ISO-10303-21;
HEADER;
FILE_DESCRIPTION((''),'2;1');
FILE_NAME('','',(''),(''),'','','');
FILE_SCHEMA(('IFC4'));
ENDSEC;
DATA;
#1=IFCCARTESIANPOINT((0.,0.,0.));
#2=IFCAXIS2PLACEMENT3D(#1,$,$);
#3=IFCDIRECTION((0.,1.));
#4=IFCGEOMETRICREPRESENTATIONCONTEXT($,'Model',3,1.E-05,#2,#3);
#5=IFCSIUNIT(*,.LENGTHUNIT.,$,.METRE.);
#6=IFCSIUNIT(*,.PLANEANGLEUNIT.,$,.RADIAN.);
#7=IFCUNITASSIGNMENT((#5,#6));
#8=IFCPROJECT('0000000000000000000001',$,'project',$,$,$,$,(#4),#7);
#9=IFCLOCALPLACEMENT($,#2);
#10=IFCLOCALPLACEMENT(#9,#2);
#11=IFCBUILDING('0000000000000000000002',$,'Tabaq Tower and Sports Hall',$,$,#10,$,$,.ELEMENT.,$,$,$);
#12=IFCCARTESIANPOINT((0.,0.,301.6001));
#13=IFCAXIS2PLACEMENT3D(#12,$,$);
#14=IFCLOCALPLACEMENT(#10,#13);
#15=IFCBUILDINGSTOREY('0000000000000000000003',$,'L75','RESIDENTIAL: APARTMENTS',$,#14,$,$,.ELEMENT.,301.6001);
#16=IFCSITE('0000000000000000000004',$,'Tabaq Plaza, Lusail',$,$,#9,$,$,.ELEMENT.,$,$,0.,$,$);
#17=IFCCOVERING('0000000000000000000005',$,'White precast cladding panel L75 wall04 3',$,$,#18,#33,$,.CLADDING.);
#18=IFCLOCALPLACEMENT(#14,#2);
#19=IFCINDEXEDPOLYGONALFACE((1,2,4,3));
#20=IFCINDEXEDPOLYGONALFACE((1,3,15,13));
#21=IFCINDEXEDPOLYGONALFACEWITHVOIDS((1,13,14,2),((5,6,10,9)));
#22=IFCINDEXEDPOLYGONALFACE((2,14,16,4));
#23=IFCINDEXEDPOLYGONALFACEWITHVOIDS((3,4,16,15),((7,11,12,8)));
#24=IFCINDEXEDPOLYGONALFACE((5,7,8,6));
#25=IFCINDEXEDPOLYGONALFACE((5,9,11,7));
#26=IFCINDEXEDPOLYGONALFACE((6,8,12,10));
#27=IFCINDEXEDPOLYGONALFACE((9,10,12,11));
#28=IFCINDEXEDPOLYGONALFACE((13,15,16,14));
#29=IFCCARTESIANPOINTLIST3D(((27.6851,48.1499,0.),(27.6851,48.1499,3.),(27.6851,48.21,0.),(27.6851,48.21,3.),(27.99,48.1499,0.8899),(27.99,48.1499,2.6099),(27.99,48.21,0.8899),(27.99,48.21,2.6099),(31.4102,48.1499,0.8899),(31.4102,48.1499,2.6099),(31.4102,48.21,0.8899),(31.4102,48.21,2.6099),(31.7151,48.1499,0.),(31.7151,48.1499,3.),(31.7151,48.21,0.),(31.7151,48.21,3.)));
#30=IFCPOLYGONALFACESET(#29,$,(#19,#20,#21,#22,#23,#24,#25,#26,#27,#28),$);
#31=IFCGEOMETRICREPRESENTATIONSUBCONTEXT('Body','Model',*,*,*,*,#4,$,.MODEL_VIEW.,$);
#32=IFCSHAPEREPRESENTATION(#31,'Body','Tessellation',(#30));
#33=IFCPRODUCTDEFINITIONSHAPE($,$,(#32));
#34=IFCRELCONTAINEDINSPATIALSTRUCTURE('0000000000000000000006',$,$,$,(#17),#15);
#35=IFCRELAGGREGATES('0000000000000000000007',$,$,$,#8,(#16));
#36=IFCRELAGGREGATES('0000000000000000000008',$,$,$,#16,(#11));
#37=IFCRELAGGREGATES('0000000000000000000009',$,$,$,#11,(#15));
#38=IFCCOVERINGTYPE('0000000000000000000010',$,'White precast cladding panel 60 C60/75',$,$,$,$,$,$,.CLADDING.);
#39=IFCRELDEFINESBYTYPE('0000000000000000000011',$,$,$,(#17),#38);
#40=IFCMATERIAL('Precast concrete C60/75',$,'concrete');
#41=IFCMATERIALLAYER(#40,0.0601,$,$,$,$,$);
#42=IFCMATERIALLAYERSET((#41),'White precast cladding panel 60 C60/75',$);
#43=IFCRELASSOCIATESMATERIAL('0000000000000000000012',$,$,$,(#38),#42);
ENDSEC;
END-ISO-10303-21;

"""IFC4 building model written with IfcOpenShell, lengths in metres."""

from ifc_helpers import new_model, si_unit, direction, frame, origin, place, context, subcontext, project, spatial, polyline, outline, extrude, material, layer, layer_set, type_object, element, save


model = new_model("IFC4")

# Units and contexts
model_context = context("Model", 3, precision=1e-05, world=origin(), true_north=direction((0.0, 1.0)))
body_context = subcontext(model_context, "Body", "Model", "MODEL_VIEW")
ifc_project = project(units=[si_unit("LENGTHUNIT", "METRE"), si_unit("PLANEANGLEUNIT", "RADIAN")], contexts=[model_context])

# Site, building, storey
site_placement = place(None, origin())
site = spatial("IfcSite", under=ifc_project, at=site_placement, Name="Tabaq Plaza, Lusail", CompositionType="ELEMENT", RefElevation=0.0)
building_placement = place(site_placement, origin())
building = spatial("IfcBuilding", under=site, at=building_placement, Name="Tabaq Tower and Sports Hall", CompositionType="ELEMENT")
storey_placement = place(building_placement, frame((0.0, 0.0, 301.6001)))
storey = spatial("IfcBuildingStorey", under=building, at=storey_placement, Name="L75", Description="RESIDENTIAL: APARTMENTS", CompositionType="ELEMENT", Elevation=301.6001)

# Covering
ifc_material_1 = material(Name="Precast concrete C60/75", Category="concrete")
ifc_layer_1 = layer(ifc_material_1, 0.0601)
ifc_layer_set_1 = layer_set([ifc_layer_1], Name="White precast cladding panel 60 C60/75")
covering_type_1 = type_object("IfcCoveringType", Name="White precast cladding panel 60 C60/75", PredefinedType="CLADDING", material=ifc_layer_set_1)
covering_1_placement = place(storey_placement, frame((31.7151, 48.1799, 0.0), z_axis=(0.0, 0.0, 1.0), x_axis=(-1.0, 0.0, 0.0)))
element("IfcCovering", 1, at=covering_1_placement, inside=storey, type_object=covering_type_1, Name="White precast cladding panel L75 wall04 3", PredefinedType="CLADDING", context=body_context, shape_type="SweptSolid", body=[
    extrude(outline(polyline([(0.0, 0.0), (4.03, 0.0), (4.03, 3.0), (0.0, 3.0), (0.0, 0.0)]), holes=[polyline([(0.3049, 0.8899), (0.3049, 2.6099), (3.7251, 2.6099), (3.7251, 0.8899), (0.3049, 0.8899)])]), frame((0.0, 0.03, 0.0), z_axis=(0.0, -1.0, 0.0), x_axis=(1.0, 0.0, 0.0)), (0.0, 0.0, 1.0), 0.0601),
])

save(model, "model.ifc")
